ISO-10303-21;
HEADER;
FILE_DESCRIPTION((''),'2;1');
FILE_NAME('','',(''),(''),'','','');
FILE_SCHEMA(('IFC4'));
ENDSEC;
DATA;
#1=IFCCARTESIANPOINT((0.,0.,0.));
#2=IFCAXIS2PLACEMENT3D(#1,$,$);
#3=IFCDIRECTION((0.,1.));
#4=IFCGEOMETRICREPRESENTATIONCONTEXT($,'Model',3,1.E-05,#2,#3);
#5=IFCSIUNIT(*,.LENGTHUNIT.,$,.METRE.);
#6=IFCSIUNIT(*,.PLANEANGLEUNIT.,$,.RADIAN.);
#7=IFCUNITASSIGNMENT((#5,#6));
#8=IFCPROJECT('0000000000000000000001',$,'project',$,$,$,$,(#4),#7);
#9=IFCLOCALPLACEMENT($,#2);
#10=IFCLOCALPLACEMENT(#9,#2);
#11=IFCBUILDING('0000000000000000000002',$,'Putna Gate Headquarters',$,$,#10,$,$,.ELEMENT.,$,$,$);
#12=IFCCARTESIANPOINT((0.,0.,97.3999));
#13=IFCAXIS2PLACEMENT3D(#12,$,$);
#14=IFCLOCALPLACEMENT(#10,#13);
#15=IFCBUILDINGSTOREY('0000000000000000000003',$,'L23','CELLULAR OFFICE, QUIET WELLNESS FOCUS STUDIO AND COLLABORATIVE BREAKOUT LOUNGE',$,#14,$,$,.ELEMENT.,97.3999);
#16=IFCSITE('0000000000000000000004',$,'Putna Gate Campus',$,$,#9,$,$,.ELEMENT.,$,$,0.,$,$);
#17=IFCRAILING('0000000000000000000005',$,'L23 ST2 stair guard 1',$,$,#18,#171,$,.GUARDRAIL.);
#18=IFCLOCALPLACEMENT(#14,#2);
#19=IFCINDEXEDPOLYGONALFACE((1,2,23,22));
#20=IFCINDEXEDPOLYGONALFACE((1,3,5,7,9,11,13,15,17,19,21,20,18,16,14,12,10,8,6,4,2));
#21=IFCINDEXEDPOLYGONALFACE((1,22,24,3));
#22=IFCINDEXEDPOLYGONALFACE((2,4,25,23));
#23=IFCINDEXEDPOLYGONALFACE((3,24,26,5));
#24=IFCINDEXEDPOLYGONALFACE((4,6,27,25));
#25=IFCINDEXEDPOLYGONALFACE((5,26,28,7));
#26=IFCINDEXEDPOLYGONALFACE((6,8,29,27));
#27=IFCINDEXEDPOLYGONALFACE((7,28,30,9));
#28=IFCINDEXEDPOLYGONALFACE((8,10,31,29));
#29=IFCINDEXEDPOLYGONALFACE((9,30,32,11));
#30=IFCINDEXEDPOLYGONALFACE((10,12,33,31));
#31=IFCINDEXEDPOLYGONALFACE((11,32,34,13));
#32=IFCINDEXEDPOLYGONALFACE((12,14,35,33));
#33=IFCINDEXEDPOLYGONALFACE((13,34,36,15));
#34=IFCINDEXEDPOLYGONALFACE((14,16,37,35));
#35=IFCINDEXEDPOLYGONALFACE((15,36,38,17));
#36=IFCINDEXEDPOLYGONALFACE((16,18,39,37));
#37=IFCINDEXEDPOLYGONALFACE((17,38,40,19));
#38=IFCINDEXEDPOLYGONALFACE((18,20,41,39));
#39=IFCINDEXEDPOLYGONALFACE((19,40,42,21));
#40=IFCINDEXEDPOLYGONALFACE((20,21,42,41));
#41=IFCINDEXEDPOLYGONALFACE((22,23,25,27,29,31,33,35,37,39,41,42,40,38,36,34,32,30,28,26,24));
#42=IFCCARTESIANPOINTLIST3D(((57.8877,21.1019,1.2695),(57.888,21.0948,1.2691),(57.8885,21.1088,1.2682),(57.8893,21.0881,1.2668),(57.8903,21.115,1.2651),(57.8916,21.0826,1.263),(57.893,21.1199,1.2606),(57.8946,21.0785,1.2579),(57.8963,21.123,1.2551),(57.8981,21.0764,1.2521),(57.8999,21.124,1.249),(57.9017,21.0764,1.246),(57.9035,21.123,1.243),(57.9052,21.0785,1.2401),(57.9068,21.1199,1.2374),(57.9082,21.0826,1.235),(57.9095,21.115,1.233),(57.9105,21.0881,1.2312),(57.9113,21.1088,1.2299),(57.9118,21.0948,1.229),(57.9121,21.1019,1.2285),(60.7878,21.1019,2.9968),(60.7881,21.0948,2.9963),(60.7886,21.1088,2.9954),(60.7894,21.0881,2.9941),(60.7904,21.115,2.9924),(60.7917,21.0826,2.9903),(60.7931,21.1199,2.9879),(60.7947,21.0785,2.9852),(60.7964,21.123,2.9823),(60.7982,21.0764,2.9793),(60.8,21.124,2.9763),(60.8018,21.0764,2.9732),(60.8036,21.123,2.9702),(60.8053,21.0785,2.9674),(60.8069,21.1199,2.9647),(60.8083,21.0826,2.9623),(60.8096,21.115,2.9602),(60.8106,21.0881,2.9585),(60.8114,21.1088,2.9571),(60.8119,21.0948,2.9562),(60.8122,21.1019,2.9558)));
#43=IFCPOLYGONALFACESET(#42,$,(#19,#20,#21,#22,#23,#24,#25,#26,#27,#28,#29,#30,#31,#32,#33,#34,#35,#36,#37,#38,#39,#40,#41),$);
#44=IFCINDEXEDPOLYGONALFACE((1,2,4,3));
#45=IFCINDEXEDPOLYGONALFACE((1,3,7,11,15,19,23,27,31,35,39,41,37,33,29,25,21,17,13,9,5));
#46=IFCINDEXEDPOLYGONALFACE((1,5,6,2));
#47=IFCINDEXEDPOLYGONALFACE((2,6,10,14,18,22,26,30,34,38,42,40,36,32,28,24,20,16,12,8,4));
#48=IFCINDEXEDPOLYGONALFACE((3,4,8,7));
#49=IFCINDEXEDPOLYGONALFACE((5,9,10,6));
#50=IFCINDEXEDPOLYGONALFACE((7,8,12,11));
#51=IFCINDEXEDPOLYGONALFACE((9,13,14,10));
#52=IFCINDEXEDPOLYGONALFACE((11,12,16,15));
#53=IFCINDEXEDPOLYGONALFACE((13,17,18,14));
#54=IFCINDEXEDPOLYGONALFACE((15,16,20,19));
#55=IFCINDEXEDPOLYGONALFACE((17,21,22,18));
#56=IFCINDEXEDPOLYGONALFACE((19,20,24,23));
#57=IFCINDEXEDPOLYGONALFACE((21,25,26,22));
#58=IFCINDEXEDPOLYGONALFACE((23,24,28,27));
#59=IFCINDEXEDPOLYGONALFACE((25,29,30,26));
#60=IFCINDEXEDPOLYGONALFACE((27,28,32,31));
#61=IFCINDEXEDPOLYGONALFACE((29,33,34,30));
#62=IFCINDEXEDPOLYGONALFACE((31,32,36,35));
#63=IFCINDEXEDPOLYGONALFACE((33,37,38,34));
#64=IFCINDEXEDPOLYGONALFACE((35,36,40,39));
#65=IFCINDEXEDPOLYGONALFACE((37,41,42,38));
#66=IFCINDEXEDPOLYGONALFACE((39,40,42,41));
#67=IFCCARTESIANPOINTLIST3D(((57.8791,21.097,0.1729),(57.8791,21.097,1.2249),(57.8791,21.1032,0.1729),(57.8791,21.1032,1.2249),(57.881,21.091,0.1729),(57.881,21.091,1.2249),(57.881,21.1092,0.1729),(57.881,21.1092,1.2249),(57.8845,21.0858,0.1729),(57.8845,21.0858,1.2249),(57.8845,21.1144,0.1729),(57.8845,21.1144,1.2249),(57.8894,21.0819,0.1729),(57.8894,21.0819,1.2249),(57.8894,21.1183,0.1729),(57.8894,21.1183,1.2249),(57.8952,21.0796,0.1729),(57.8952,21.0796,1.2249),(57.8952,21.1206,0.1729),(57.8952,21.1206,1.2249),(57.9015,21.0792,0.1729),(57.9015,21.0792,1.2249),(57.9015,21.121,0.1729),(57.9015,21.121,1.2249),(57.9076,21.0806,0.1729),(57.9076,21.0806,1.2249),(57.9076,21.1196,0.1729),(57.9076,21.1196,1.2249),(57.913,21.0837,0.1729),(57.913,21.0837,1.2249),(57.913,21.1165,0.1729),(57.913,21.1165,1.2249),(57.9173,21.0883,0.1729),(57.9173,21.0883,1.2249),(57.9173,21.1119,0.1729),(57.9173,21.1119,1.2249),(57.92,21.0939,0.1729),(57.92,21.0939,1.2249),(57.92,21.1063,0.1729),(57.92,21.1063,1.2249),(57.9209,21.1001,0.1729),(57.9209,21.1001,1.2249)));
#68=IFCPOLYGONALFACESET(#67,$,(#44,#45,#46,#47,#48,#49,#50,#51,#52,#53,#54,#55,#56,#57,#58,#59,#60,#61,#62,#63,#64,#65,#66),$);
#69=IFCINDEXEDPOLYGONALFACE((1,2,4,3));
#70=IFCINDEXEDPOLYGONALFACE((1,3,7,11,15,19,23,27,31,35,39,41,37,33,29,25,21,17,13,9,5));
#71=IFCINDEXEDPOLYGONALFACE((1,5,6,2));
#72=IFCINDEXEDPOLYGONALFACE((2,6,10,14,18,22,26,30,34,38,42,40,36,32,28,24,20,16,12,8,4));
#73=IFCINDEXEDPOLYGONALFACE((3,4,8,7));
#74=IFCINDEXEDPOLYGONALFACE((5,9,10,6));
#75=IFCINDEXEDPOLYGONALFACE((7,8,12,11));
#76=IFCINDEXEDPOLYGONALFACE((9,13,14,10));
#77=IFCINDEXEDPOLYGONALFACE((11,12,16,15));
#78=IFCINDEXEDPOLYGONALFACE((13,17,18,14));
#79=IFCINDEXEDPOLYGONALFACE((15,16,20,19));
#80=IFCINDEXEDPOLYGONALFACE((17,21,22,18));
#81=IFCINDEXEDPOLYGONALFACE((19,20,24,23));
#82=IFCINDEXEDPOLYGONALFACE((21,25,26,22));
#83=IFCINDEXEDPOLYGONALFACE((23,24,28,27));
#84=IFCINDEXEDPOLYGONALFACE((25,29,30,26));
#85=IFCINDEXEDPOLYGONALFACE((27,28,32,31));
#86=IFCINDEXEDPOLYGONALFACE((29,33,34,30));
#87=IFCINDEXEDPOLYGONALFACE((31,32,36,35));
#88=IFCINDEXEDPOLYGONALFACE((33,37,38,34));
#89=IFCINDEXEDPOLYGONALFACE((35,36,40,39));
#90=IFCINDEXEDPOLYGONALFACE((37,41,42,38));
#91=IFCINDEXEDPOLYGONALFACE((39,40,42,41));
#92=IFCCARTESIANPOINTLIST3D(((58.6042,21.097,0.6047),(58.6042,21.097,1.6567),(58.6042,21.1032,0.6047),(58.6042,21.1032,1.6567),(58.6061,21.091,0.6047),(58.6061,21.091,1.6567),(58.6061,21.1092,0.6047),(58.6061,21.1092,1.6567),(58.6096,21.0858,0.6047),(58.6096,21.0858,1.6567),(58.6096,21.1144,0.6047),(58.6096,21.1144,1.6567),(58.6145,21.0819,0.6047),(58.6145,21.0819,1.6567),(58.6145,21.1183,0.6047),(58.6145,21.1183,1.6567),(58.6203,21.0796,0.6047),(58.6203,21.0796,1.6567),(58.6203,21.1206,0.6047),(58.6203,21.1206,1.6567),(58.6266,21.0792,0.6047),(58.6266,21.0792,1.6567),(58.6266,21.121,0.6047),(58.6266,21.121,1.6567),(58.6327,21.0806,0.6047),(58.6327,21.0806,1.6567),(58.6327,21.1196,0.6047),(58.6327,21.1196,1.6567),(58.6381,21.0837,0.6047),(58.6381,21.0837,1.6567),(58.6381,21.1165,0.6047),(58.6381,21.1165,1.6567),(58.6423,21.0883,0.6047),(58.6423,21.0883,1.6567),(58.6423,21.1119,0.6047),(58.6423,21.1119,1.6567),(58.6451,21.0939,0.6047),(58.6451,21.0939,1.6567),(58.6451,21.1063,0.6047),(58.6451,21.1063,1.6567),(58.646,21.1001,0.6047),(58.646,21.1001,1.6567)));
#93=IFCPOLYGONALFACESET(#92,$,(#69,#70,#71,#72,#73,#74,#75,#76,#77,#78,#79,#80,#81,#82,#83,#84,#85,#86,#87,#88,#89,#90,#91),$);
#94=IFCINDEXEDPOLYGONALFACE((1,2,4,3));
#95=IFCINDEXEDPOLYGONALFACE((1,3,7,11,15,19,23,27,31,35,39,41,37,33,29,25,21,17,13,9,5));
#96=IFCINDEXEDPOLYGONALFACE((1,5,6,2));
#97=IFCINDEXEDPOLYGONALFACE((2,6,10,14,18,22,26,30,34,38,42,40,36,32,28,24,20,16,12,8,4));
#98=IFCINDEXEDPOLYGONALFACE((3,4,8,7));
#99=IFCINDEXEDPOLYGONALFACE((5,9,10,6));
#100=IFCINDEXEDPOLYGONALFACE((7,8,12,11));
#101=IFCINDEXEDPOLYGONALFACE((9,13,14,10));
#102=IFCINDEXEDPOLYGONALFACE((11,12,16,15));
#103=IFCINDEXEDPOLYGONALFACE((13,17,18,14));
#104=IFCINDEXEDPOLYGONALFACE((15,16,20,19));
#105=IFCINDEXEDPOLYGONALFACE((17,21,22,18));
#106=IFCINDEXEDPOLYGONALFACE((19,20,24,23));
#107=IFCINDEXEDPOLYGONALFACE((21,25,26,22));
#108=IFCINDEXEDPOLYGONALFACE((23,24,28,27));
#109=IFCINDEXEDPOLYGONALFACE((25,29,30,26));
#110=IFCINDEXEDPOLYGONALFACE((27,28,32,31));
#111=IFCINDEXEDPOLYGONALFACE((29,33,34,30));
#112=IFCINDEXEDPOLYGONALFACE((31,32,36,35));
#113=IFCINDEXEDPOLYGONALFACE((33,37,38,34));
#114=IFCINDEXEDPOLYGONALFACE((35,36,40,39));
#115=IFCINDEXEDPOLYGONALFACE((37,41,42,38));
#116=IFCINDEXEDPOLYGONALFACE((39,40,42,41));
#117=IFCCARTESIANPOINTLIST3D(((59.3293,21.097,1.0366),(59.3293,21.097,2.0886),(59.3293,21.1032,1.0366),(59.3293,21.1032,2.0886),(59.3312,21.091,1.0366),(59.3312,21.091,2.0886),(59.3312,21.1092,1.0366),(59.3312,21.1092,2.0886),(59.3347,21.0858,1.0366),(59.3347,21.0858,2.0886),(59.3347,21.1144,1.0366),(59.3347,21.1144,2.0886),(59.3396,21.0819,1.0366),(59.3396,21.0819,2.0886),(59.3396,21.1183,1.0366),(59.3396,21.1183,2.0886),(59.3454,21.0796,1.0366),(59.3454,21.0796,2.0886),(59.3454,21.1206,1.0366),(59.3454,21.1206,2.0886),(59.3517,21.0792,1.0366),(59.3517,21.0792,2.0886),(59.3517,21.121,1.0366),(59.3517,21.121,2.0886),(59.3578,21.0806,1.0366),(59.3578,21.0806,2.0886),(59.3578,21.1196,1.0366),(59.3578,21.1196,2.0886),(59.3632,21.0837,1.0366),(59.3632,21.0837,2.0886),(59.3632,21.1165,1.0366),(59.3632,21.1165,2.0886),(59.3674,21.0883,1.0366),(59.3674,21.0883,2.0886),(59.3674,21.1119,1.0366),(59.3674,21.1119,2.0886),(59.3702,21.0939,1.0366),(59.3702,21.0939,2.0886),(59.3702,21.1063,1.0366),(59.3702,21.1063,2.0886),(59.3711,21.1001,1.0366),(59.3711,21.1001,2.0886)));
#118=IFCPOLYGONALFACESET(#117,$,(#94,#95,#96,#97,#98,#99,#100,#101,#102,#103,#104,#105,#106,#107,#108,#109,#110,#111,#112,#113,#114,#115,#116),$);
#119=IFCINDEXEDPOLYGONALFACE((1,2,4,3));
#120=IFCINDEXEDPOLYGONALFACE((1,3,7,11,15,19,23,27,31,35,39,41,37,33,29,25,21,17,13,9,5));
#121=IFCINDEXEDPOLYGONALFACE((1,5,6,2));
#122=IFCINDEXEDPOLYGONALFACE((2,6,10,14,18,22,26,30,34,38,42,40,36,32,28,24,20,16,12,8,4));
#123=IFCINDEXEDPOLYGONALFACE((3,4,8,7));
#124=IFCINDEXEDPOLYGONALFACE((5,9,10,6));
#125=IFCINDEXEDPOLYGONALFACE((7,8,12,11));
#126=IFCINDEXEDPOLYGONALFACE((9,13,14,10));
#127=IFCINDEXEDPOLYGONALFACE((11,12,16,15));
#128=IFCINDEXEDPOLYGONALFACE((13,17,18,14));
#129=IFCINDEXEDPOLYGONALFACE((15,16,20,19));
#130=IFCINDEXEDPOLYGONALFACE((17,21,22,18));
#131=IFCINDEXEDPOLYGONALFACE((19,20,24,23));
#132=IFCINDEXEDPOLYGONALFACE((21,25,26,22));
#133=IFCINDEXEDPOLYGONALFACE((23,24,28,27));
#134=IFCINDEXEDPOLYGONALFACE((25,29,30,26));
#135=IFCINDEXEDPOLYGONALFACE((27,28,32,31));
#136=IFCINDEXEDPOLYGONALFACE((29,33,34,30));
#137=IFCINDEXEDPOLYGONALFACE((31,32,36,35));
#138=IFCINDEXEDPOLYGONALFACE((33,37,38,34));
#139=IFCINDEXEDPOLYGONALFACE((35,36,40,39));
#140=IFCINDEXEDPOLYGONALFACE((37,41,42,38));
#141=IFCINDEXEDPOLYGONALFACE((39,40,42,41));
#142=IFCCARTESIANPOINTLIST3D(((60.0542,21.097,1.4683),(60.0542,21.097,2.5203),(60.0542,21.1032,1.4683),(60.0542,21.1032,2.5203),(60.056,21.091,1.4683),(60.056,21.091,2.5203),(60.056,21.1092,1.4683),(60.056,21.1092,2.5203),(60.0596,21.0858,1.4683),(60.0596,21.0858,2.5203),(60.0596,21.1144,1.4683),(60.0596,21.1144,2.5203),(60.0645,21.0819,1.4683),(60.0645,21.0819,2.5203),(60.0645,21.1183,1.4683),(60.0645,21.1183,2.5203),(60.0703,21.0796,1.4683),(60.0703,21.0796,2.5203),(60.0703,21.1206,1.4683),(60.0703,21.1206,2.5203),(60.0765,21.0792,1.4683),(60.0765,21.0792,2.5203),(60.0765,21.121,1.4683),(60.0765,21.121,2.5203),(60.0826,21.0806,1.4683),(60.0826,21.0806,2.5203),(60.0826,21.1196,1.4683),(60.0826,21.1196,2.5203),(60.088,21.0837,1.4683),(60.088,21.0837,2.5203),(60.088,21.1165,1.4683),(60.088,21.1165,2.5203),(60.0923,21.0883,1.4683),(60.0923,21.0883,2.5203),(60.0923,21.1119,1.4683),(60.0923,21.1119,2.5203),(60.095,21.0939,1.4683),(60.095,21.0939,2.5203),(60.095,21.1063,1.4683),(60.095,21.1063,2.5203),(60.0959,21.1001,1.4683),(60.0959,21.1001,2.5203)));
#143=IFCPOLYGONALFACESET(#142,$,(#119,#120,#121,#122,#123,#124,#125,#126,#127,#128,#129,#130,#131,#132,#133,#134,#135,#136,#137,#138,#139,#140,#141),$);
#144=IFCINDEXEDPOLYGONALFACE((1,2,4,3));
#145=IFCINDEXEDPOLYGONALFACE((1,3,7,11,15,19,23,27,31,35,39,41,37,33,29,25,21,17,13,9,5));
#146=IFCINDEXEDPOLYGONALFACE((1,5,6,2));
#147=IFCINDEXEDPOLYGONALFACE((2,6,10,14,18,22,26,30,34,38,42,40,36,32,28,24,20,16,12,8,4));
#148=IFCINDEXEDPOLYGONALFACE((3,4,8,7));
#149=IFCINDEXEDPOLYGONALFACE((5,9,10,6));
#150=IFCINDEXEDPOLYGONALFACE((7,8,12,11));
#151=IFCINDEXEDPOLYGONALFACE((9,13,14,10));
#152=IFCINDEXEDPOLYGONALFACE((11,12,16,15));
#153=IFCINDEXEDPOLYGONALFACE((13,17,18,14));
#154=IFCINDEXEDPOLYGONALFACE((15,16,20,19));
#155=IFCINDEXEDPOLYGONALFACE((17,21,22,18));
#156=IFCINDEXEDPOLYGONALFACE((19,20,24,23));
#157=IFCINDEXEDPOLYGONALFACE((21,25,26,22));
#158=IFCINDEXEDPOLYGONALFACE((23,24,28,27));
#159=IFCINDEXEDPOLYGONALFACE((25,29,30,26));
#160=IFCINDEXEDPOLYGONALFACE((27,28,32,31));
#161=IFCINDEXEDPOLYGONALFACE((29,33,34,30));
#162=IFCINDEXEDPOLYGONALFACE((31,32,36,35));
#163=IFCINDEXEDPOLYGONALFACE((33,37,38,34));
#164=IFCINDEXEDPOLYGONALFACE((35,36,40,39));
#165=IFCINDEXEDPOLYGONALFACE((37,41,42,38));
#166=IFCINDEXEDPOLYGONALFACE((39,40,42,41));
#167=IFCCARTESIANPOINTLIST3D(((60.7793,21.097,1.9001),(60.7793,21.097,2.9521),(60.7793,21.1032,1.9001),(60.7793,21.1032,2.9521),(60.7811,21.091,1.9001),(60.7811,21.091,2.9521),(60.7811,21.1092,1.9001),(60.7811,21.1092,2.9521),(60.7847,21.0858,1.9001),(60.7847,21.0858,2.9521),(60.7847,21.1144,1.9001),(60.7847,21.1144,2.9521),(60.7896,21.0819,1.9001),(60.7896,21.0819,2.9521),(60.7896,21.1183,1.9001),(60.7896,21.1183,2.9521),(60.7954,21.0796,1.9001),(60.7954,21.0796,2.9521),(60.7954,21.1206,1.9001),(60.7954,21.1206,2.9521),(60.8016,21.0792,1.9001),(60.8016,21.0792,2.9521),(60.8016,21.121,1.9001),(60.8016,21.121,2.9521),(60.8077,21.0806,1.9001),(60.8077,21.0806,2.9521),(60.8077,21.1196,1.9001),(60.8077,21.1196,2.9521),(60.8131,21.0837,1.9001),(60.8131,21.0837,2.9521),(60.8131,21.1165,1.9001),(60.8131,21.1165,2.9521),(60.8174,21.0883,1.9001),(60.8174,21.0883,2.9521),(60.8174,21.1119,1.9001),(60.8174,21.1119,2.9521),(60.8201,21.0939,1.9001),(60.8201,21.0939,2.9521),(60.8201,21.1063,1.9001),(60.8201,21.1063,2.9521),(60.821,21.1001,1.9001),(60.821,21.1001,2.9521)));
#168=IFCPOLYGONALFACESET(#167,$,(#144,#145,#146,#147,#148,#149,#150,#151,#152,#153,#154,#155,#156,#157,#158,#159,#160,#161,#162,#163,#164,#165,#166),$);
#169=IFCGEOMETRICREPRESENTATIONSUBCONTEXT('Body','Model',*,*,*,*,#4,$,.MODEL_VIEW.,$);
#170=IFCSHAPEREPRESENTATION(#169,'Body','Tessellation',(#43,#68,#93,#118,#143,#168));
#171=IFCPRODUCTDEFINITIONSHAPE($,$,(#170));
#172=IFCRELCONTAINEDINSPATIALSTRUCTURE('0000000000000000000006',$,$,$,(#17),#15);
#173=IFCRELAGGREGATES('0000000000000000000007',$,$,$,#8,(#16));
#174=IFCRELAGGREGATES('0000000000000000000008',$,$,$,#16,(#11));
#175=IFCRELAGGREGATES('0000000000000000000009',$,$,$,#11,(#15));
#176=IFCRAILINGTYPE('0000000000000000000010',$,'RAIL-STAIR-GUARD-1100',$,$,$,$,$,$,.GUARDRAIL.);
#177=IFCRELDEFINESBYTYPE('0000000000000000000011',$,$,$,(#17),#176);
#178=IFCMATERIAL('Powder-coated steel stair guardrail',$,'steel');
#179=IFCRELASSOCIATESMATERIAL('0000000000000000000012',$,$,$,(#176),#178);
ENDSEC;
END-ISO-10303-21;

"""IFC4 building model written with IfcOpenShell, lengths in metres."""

from ifc_helpers import new_model, si_unit, direction, frame, origin, origin_2d, place, context, subcontext, project, spatial, circle, extrude, material, type_object, element, save


model = new_model("IFC4")

# Units and contexts
model_context = context("Model", 3, precision=1e-05, world=origin(), true_north=direction((0.0, 1.0)))
body_context = subcontext(model_context, "Body", "Model", "MODEL_VIEW")
ifc_project = project(units=[si_unit("LENGTHUNIT", "METRE"), si_unit("PLANEANGLEUNIT", "RADIAN")], contexts=[model_context])

# Site, building, storey
site_placement = place(None, origin())
site = spatial("IfcSite", under=ifc_project, at=site_placement, Name="Putna Gate Campus", CompositionType="ELEMENT", RefElevation=0.0)
building_placement = place(site_placement, origin())
building = spatial("IfcBuilding", under=site, at=building_placement, Name="Putna Gate Headquarters", CompositionType="ELEMENT")
storey_placement = place(building_placement, frame((0.0, 0.0, 97.3999)))
storey = spatial("IfcBuildingStorey", under=building, at=storey_placement, Name="L23", Description="CELLULAR OFFICE, QUIET WELLNESS FOCUS STUDIO AND COLLABORATIVE BREAKOUT LOUNGE", CompositionType="ELEMENT", Elevation=97.3999)

# Railing
ifc_material_1 = material(Name="Powder-coated steel stair guardrail", Category="steel")
railing_type_1 = type_object("IfcRailingType", Name="RAIL-STAIR-GUARD-1100", PredefinedType="GUARDRAIL", material=ifc_material_1)
railing_1_placement = place(storey_placement, frame((57.8999, 21.1001, 0.1729)))
element("IfcRailing", 1, at=railing_1_placement, inside=storey, type_object=railing_type_1, Name="L23 ST2 stair guard 1", PredefinedType="GUARDRAIL", context=body_context, shape_type="SweptSolid", body=[
    extrude(circle(Radius=0.0239, at=origin_2d()), frame((0.0, 0.0, 1.0762), z_axis=(0.85916, 0.0, 0.511706), x_axis=(0.0, 1.0, 0.0)), (0.0, 0.0, 1.0), 3.3755),
    extrude(circle(Radius=0.021, at=origin_2d()), origin(), (0.0, 0.0, 1.0), 1.052),
    extrude(circle(Radius=0.021, at=origin_2d()), frame((0.7251, 0.0, 0.4319)), (0.0, 0.0, 1.0), 1.052),
    extrude(circle(Radius=0.021, at=origin_2d()), frame((1.4502, 0.0, 0.8638)), (0.0, 0.0, 1.0), 1.052),
    extrude(circle(Radius=0.021, at=origin_2d()), frame((2.175, 0.0, 1.2954)), (0.0, 0.0, 1.0), 1.052),
    extrude(circle(Radius=0.021, at=origin_2d()), frame((2.9001, 0.0, 1.7273)), (0.0, 0.0, 1.0), 1.052),
])

save(model, "model.ifc")
